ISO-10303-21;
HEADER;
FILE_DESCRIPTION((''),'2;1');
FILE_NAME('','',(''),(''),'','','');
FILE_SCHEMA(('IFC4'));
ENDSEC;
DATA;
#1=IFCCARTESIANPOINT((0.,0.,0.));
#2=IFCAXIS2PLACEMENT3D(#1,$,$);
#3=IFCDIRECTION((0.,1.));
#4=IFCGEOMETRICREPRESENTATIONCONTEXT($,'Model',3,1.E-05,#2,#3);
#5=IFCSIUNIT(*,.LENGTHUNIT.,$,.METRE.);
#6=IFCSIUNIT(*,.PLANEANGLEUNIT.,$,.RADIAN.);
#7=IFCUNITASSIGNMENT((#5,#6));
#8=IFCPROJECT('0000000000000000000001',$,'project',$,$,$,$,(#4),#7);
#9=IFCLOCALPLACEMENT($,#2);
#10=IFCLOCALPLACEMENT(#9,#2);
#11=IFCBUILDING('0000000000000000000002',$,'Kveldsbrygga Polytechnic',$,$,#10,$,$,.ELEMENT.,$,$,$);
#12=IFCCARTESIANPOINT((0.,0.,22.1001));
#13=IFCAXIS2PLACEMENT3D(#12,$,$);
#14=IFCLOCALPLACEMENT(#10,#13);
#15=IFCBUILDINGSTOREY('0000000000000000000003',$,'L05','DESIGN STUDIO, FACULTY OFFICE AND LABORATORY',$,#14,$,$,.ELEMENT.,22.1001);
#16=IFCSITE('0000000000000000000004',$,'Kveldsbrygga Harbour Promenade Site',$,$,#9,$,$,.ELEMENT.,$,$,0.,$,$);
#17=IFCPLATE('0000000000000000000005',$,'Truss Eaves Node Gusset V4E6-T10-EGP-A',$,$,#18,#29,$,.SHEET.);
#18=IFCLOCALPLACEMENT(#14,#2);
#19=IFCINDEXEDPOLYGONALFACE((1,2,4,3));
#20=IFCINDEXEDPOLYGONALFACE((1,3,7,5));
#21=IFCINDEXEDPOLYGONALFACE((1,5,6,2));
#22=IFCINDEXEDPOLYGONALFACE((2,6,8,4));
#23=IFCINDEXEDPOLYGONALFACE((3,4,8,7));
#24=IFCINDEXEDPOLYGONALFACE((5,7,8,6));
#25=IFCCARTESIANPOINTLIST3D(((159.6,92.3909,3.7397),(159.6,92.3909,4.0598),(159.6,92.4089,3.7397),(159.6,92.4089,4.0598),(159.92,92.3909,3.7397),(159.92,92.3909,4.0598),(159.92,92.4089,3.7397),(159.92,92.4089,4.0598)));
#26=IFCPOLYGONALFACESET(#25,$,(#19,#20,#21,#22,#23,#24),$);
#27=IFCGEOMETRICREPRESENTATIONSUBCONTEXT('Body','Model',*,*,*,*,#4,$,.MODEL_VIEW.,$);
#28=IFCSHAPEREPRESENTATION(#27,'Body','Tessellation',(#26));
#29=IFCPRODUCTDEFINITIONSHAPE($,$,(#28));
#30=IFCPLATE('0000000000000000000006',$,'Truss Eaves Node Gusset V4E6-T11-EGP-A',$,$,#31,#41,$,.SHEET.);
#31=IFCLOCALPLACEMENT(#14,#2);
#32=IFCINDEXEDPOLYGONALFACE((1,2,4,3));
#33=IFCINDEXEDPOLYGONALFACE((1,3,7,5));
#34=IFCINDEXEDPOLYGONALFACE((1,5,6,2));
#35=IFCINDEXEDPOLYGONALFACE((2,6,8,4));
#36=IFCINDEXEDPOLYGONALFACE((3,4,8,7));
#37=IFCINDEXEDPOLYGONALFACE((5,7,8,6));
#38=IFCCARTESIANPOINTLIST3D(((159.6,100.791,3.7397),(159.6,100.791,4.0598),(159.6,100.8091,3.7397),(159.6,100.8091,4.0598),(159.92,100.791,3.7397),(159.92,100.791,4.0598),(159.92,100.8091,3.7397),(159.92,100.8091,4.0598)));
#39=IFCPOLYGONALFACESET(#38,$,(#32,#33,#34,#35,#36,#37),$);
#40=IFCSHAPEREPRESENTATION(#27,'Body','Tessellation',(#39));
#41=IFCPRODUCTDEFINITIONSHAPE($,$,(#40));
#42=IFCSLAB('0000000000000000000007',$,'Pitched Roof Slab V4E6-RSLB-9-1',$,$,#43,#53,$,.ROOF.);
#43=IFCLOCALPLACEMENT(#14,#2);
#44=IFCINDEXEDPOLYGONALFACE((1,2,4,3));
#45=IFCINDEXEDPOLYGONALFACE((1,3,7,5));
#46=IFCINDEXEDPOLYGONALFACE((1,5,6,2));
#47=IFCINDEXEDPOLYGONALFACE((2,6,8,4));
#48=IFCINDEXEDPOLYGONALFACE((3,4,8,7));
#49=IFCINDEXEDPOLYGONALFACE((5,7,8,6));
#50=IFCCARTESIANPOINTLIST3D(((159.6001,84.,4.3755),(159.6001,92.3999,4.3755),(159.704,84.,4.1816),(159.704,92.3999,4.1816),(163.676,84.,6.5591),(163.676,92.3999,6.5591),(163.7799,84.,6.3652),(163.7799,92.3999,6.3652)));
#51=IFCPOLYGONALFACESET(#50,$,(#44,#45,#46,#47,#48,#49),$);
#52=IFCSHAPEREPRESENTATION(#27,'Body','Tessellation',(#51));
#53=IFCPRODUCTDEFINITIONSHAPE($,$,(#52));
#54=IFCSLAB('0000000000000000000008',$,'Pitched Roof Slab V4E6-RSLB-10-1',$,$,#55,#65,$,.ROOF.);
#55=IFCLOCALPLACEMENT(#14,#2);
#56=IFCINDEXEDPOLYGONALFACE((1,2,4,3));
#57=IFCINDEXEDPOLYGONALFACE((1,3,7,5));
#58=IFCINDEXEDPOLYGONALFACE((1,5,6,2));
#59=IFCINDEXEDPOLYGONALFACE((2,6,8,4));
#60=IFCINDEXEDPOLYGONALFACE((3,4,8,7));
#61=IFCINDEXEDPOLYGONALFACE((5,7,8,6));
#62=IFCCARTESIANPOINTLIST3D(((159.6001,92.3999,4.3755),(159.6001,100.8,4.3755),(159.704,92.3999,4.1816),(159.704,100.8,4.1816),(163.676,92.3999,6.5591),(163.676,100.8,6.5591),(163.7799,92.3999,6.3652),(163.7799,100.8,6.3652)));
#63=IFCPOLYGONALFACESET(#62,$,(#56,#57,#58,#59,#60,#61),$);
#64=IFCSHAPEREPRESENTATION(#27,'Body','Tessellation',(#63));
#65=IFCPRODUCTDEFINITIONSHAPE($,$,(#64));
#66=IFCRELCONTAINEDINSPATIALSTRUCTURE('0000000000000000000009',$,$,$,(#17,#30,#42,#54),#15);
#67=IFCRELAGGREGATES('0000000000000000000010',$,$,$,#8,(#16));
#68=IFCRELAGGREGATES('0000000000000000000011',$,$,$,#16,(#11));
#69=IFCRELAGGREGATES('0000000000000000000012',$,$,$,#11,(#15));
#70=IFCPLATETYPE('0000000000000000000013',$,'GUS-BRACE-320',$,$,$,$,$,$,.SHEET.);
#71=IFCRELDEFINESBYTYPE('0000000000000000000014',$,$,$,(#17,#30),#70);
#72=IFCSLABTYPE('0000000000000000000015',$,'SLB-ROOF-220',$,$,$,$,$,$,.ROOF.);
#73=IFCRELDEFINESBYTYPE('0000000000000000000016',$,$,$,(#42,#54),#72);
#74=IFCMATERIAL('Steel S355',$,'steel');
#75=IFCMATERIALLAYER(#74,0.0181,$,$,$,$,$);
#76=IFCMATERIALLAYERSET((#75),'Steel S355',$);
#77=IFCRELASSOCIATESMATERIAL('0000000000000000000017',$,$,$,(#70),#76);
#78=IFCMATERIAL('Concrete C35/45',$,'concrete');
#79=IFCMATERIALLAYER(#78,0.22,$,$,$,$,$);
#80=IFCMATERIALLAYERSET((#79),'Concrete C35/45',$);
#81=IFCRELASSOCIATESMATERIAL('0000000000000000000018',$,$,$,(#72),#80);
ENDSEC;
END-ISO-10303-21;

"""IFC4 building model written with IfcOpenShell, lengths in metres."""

from ifc_helpers import new_model, si_unit, direction, frame, origin, origin_2d, place, context, subcontext, project, spatial, polyline, rectangle, outline, extrude, material, layer, layer_set, type_object, element, save


model = new_model("IFC4")

# Units and contexts
model_context = context("Model", 3, precision=1e-05, world=origin(), true_north=direction((0.0, 1.0)))
body_context = subcontext(model_context, "Body", "Model", "MODEL_VIEW")
ifc_project = project(units=[si_unit("LENGTHUNIT", "METRE"), si_unit("PLANEANGLEUNIT", "RADIAN")], contexts=[model_context])

# Site, building, storey
site_placement = place(None, origin())
site = spatial("IfcSite", under=ifc_project, at=site_placement, Name="Kveldsbrygga Harbour Promenade Site", CompositionType="ELEMENT", RefElevation=0.0)
building_placement = place(site_placement, origin())
building = spatial("IfcBuilding", under=site, at=building_placement, Name="Kveldsbrygga Polytechnic", CompositionType="ELEMENT")
storey_placement = place(building_placement, frame((0.0, 0.0, 22.1001)))
storey = spatial("IfcBuildingStorey", under=building, at=storey_placement, Name="L05", Description="DESIGN STUDIO, FACULTY OFFICE AND LABORATORY", CompositionType="ELEMENT", Elevation=22.1001)

# Shared definitions
ifc_material_1 = material(Name="Concrete C35/45", Category="concrete")

# Shared definitions
ifc_material_2 = material(Name="Steel S355", Category="steel")

# Plates
ifc_layer_1 = layer(ifc_material_2, 0.0181)
ifc_layer_set_1 = layer_set([ifc_layer_1], Name="Steel S355")
plate_type_1 = type_object("IfcPlateType", Name="GUS-BRACE-320", PredefinedType="SHEET", material=ifc_layer_set_1)
for number, where, z_axis, x_axis, name in (
    (1, (159.76, 92.3999, 3.7397), (0.0, 0.0, 1.0), (1.0, 0.0, 0.0), "Truss Eaves Node Gusset V4E6-T10-EGP-A"),
    (2, (159.76, 100.8, 3.7397), (0.0, 0.0, 1.0), (1.0, 0.0, 0.0), "Truss Eaves Node Gusset V4E6-T11-EGP-A"),
):
    element("IfcPlate", number, at=place(storey_placement, frame(where, z_axis=z_axis, x_axis=x_axis)), inside=storey, type_object=plate_type_1, Name=name, PredefinedType="SHEET", context=body_context, shape_type="SweptSolid", body=[
        extrude(rectangle(XDim=0.3201, YDim=0.0181, at=origin_2d()), origin(), (0.0, 0.0, 1.0), 0.3201),
    ])

# Slabs
ifc_layer_2 = layer(ifc_material_1, 0.22)
ifc_layer_set_2 = layer_set([ifc_layer_2], Name="Concrete C35/45")
slab_type = type_object("IfcSlabType", Name="SLB-ROOF-220", PredefinedType="ROOF", material=ifc_layer_set_2)
slab_1_placement = place(storey_placement, frame((159.6001, 84.0, 4.3755), z_axis=(-0.472232, 0.0, 0.881474), x_axis=(0.881474, 0.0, 0.472232)))
element("IfcSlab", 3, at=slab_1_placement, inside=storey, type_object=slab_type, Name="Pitched Roof Slab V4E6-RSLB-9-1", PredefinedType="ROOF", context=body_context, shape_type="SweptSolid", body=[
    extrude(outline(polyline([(0.0, 0.0), (4.624, 0.0), (4.624, 8.3999), (0.0, 8.3999), (0.0, 0.0)])), origin(), (0.0, 0.0, -1.0), 0.22),
])
slab_2_placement = place(storey_placement, frame((159.6001, 92.3999, 4.3755), z_axis=(-0.472232, 0.0, 0.881474), x_axis=(0.881474, 0.0, 0.472232)))
element("IfcSlab", 4, at=slab_2_placement, inside=storey, type_object=slab_type, Name="Pitched Roof Slab V4E6-RSLB-10-1", PredefinedType="ROOF", context=body_context, shape_type="SweptSolid", body=[
    extrude(outline(polyline([(0.0, 0.0), (4.624, 0.0), (4.624, 8.4001), (0.0, 8.4001), (0.0, 0.0)])), origin(), (0.0, 0.0, -1.0), 0.22),
])

save(model, "model.ifc")
